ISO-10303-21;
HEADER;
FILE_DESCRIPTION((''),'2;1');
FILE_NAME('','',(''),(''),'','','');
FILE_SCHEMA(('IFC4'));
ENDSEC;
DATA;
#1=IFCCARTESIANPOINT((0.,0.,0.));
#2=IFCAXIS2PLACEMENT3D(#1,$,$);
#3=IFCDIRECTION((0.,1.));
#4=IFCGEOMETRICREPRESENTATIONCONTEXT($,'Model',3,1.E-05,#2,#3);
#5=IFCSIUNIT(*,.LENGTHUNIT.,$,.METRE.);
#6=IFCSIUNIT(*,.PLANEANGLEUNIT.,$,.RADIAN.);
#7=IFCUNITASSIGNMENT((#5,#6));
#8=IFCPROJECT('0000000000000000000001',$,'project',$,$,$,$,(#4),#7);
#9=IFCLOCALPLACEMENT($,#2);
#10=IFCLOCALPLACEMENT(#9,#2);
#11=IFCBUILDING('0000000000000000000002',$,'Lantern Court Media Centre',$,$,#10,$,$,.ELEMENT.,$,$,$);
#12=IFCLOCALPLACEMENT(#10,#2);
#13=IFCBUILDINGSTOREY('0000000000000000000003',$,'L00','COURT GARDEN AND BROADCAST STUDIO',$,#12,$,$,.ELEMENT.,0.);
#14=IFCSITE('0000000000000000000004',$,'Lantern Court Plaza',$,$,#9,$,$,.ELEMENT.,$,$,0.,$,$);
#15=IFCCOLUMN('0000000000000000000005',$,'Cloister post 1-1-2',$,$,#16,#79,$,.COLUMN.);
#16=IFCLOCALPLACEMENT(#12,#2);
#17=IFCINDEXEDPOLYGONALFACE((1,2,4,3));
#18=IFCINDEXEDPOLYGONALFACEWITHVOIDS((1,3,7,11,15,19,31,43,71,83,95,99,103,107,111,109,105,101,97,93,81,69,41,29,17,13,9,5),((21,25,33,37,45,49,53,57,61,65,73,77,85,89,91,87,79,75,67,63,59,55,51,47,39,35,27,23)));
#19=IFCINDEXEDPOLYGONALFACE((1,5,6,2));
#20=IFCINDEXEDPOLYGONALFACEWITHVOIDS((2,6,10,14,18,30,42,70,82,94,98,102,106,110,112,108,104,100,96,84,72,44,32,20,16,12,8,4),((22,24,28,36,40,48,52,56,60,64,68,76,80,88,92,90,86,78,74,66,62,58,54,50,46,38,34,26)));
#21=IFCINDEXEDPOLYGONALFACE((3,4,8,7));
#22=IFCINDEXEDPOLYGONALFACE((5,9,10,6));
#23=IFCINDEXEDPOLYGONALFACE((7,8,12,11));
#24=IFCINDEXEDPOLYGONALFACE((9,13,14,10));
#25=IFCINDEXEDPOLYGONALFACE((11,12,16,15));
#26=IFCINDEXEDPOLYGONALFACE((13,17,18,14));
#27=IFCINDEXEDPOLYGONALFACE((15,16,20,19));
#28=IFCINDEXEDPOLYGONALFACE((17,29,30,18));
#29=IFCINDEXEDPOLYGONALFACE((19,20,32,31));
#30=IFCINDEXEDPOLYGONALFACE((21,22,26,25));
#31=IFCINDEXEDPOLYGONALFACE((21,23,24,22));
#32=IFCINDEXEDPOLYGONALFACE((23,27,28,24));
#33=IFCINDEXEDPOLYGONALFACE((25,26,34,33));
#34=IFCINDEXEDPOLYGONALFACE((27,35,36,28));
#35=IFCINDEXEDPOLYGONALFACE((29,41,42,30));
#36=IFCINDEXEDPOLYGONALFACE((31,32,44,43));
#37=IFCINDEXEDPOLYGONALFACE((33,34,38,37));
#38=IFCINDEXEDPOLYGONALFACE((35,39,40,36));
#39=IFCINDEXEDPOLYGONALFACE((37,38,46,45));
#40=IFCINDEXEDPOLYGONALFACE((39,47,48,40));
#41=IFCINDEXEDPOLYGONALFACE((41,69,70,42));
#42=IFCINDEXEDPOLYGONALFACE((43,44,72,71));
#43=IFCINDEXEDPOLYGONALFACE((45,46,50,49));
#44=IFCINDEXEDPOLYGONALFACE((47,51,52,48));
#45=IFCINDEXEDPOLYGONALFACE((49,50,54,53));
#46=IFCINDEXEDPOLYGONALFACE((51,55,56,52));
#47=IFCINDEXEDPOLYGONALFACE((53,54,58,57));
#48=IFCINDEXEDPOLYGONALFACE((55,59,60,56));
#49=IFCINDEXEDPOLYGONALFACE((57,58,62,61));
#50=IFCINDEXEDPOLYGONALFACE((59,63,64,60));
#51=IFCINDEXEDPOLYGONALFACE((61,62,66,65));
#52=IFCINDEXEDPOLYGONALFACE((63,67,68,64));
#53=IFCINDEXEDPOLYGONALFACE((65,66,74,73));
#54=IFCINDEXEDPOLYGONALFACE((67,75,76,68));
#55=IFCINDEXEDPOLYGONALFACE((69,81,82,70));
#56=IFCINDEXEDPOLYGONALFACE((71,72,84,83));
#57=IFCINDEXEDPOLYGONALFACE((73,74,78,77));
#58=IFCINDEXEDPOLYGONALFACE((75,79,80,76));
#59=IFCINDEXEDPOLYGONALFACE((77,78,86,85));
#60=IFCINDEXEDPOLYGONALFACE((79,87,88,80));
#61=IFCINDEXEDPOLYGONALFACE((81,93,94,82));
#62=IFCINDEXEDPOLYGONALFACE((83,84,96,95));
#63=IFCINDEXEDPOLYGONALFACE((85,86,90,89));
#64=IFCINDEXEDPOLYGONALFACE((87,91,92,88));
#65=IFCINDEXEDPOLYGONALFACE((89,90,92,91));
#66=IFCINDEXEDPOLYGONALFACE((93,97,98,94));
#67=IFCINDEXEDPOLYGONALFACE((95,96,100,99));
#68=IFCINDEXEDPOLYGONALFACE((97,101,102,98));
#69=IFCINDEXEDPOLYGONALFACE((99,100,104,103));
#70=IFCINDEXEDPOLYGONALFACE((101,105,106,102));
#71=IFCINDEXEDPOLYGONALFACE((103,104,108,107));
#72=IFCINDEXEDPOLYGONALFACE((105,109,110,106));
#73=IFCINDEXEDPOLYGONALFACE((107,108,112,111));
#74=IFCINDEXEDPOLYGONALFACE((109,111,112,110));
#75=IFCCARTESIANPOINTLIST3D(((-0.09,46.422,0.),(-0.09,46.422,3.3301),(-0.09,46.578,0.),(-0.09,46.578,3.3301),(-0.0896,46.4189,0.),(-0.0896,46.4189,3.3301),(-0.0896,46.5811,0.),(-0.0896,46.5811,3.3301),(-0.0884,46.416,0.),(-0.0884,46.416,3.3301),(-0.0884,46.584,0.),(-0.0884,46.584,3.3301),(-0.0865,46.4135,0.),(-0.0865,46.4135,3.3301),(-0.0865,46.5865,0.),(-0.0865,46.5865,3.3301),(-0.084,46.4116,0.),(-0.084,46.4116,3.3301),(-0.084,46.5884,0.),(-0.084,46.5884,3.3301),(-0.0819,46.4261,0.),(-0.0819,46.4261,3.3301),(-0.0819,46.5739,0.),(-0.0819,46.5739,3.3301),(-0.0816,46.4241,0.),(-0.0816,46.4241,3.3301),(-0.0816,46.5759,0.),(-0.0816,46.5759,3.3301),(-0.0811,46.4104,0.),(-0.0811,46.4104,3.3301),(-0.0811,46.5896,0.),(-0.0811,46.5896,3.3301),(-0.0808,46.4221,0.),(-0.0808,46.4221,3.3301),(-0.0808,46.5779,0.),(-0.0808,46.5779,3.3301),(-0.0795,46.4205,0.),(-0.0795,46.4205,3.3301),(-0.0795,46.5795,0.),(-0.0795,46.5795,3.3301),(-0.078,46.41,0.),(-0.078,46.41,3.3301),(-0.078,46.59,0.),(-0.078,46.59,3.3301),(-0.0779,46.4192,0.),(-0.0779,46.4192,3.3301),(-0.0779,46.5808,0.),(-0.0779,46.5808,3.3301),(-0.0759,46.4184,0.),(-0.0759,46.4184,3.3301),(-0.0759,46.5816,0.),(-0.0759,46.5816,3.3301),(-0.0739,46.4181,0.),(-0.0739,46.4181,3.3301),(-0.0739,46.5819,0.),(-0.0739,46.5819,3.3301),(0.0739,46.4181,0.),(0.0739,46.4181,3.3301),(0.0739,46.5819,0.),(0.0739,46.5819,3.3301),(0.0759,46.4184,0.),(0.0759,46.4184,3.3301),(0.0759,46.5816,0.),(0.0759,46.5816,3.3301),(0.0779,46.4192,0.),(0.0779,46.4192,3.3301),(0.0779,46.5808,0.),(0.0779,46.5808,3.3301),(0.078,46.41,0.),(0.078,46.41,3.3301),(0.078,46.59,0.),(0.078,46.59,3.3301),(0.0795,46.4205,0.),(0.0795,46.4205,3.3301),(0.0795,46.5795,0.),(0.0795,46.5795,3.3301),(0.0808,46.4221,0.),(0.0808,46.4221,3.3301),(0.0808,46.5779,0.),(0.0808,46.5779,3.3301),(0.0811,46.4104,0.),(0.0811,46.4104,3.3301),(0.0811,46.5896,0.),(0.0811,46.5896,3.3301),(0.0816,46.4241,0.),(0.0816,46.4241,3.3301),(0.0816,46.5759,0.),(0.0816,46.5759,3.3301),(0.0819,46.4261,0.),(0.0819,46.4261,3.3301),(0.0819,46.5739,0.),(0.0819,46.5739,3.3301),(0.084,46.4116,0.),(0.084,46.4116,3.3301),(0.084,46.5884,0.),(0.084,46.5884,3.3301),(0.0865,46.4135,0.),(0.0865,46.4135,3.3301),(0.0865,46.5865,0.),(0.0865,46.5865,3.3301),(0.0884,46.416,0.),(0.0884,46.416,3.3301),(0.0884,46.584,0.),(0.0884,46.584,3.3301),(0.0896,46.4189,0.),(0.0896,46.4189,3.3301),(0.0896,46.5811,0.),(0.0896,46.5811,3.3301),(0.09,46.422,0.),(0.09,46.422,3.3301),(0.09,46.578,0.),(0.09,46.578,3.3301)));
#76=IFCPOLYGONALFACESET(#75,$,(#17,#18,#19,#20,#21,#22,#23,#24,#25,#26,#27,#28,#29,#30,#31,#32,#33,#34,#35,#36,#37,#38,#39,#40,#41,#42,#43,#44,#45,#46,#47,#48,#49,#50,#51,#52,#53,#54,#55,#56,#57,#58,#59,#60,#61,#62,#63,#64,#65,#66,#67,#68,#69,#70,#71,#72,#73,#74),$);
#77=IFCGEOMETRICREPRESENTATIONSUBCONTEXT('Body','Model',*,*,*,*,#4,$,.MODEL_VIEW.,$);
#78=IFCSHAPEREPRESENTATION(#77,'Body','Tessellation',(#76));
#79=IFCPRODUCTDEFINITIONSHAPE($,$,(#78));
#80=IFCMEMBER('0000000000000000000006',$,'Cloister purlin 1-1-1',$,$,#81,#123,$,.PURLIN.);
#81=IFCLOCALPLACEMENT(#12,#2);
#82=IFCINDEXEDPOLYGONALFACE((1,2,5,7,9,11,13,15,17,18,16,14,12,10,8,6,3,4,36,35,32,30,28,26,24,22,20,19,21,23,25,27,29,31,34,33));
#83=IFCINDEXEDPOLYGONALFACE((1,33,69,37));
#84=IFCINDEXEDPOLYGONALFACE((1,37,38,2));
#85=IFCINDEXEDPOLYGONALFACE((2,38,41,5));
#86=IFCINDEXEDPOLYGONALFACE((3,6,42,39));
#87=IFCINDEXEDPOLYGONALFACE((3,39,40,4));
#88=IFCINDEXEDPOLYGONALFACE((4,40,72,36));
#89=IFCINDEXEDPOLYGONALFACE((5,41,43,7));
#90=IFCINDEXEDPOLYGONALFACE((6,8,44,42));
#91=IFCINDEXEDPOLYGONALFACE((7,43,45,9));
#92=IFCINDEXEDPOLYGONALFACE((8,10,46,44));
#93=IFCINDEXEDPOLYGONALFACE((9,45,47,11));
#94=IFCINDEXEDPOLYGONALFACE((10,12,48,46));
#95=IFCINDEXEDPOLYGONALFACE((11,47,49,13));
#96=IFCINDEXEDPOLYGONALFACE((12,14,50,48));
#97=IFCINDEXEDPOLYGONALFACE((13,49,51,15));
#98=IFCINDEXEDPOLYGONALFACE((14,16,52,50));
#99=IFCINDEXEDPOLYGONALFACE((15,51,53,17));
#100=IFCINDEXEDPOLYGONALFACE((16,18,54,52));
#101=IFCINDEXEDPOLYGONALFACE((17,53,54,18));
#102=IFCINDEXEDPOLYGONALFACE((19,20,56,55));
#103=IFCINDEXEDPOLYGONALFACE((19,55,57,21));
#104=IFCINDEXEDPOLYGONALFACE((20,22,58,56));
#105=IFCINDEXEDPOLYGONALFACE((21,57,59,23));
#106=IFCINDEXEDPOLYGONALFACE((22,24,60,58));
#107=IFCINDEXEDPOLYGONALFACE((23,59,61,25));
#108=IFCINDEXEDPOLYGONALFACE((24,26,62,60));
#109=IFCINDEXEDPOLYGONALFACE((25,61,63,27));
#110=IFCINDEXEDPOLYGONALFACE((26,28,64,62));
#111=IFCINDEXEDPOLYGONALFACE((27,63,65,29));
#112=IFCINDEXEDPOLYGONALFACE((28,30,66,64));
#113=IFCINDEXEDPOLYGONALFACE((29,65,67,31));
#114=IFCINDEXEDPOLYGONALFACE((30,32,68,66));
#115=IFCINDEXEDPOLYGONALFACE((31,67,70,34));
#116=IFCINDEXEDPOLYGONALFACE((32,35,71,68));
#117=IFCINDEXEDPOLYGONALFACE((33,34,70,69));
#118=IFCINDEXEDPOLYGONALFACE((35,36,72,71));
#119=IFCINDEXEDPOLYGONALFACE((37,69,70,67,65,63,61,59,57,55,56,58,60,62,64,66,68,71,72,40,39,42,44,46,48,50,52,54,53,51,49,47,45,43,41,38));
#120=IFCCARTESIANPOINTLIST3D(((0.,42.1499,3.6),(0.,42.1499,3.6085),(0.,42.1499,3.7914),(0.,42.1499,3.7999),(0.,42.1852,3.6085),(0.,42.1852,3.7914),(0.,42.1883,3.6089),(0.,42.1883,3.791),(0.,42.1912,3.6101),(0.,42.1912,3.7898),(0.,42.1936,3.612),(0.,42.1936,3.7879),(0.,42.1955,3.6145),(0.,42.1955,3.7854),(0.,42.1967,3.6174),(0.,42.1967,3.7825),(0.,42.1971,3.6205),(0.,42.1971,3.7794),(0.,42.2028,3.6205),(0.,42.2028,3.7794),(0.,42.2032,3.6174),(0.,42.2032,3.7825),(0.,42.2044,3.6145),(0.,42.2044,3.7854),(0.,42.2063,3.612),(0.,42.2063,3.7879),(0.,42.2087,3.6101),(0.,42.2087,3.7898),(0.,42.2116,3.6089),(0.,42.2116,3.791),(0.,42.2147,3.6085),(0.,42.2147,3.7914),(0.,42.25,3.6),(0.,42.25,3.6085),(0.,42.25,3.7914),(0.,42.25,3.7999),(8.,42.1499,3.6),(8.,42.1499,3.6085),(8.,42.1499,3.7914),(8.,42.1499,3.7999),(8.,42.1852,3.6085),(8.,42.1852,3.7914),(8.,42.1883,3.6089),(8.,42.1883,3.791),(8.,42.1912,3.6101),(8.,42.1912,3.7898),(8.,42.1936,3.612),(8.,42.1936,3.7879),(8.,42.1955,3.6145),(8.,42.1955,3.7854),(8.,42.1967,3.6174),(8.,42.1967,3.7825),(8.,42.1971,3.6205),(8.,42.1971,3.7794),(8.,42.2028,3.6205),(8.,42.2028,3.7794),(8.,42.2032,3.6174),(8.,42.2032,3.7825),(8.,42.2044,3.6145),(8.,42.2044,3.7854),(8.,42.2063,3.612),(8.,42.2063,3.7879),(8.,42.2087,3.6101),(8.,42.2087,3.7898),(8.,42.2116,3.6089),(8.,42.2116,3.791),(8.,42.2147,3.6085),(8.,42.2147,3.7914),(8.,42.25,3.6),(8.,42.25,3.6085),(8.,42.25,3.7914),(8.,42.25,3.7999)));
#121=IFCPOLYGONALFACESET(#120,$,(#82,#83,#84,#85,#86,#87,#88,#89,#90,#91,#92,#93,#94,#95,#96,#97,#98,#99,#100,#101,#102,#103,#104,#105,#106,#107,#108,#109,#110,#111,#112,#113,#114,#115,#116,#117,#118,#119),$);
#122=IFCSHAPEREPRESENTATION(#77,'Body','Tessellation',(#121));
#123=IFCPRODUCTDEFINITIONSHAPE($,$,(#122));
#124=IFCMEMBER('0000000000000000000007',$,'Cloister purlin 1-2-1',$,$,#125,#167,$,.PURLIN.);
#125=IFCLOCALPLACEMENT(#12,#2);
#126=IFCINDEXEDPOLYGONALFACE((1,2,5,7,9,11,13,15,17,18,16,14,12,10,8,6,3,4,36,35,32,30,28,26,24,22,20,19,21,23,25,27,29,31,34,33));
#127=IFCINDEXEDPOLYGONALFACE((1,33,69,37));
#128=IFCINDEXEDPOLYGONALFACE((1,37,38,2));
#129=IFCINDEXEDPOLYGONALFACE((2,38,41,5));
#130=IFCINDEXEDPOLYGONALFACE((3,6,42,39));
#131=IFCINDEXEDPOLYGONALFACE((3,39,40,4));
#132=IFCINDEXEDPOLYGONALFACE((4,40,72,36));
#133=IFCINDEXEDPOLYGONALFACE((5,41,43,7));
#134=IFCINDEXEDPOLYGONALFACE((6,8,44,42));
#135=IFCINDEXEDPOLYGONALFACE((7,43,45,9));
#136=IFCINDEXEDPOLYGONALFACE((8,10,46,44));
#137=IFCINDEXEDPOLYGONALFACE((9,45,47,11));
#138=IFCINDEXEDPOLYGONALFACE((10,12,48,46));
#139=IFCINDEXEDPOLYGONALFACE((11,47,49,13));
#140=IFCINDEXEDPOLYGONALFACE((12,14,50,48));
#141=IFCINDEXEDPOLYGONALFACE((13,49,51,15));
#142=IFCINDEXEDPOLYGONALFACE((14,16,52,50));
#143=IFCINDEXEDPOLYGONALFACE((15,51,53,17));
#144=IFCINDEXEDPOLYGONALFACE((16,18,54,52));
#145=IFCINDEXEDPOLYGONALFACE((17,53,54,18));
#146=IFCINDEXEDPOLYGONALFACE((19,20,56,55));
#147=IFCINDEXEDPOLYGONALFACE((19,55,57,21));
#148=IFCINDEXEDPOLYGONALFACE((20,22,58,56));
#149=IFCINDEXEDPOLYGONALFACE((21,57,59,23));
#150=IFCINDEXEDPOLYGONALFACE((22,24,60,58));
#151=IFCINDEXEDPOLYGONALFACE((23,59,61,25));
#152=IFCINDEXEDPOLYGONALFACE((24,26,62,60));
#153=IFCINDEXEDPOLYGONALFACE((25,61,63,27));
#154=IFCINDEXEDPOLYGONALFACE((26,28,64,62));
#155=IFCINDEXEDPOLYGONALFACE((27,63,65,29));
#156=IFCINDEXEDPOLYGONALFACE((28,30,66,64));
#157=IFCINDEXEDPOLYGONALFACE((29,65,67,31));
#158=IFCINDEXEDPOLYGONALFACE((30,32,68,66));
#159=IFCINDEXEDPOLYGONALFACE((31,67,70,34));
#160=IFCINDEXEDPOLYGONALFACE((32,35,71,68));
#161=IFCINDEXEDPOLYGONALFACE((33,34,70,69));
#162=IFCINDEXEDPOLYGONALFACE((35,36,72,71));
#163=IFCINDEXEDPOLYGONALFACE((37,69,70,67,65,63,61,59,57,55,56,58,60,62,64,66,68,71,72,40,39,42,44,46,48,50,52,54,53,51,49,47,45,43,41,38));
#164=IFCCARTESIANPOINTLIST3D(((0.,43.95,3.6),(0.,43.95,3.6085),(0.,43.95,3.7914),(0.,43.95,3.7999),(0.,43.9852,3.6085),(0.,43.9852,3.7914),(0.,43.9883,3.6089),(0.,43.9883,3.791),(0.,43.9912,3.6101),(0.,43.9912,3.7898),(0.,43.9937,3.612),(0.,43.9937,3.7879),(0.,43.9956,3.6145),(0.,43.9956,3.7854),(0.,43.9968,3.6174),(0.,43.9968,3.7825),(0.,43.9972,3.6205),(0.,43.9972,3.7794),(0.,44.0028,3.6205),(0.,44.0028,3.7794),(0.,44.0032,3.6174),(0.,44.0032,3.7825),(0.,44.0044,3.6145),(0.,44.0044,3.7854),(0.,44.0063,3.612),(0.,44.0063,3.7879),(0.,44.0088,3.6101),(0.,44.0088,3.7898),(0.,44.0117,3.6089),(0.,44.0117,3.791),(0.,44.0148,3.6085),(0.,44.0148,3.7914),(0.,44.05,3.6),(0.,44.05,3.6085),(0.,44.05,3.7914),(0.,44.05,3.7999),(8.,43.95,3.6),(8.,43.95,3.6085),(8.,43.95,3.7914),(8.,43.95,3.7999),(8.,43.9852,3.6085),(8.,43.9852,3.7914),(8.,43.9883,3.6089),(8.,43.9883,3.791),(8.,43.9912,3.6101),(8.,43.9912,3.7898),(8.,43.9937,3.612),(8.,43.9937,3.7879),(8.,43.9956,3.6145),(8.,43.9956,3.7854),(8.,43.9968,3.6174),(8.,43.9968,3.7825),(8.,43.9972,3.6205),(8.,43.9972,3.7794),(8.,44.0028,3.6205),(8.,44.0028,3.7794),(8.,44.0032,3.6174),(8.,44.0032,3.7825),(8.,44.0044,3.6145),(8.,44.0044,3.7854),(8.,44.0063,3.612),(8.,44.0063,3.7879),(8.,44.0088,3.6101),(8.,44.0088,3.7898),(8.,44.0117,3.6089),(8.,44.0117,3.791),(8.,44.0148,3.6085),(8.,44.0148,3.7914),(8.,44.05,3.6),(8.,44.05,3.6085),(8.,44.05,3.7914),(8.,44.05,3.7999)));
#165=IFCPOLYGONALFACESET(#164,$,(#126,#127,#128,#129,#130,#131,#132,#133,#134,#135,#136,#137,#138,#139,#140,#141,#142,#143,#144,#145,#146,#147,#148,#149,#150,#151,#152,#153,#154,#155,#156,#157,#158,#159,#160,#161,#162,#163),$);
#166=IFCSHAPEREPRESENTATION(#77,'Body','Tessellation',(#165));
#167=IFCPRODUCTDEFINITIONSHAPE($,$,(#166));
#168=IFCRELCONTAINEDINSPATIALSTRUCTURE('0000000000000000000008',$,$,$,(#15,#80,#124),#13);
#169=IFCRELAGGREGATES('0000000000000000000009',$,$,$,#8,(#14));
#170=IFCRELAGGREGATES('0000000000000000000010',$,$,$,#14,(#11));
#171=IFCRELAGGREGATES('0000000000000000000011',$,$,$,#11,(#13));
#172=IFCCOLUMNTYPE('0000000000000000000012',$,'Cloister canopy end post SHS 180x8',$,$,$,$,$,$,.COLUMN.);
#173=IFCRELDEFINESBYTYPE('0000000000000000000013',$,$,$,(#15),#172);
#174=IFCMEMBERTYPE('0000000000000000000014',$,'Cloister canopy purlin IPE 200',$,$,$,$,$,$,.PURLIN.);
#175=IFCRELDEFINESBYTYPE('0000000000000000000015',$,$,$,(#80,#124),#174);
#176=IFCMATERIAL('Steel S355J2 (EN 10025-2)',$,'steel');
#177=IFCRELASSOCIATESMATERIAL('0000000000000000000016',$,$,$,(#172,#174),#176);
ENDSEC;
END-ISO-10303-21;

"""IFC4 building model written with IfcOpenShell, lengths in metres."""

from ifc_helpers import new_model, si_unit, direction, frame, origin, origin_2d, place, context, subcontext, project, spatial, hollow_rectangle, i_section, extrude, material, material_profile, profile_set, type_object, element, save


model = new_model("IFC4")

# Units and contexts
model_context = context("Model", 3, precision=1e-05, world=origin(), true_north=direction((0.0, 1.0)))
body_context = subcontext(model_context, "Body", "Model", "MODEL_VIEW")
ifc_project = project(units=[si_unit("LENGTHUNIT", "METRE"), si_unit("PLANEANGLEUNIT", "RADIAN")], contexts=[model_context])

# Site, building, storey
site_placement = place(None, origin())
site = spatial("IfcSite", under=ifc_project, at=site_placement, Name="Lantern Court Plaza", CompositionType="ELEMENT", RefElevation=0.0)
building_placement = place(site_placement, origin())
building = spatial("IfcBuilding", under=site, at=building_placement, Name="Lantern Court Media Centre", CompositionType="ELEMENT")
storey_placement = place(building_placement, origin())
storey = spatial("IfcBuildingStorey", under=building, at=storey_placement, Name="L00", Description="COURT GARDEN AND BROADCAST STUDIO", CompositionType="ELEMENT", Elevation=0.0)

# Column
ifc_material_1 = material(Name="Steel S355J2 (EN 10025-2)", Category="steel")
ifc_material_profile_1 = material_profile(ifc_material_1, hollow_rectangle(XDim=0.1799, YDim=0.1799, WallThickness=0.0081, InnerFilletRadius=0.0081, OuterFilletRadius=0.012, at=origin_2d()), Name="Cloister canopy end post SHS 180x8")
ifc_profile_set_1 = profile_set([ifc_material_profile_1], Name="Steel S355J2 (EN 10025-2)")
column_type = type_object("IfcColumnType", Name="Cloister canopy end post SHS 180x8", PredefinedType="COLUMN", material=ifc_profile_set_1)
column_placement = place(storey_placement, frame((0.0, 46.5, 0.0), z_axis=(0.0, 0.0, 1.0), x_axis=(1.0, 0.0, 0.0)))
element("IfcColumn", 1, at=column_placement, inside=storey, type_object=column_type, Name="Cloister post 1-1-2", PredefinedType="COLUMN", context=body_context, shape_type="SweptSolid", body=[
    extrude(hollow_rectangle(XDim=0.1799, YDim=0.1799, WallThickness=0.0081, InnerFilletRadius=0.0081, OuterFilletRadius=0.012, at=origin_2d()), origin(), (0.0, 0.0, 1.0), 3.3301),
])

# Members
ifc_material_profile_2 = material_profile(ifc_material_1, i_section(OverallWidth=0.1001, OverallDepth=0.2, WebThickness=0.0056, FlangeThickness=0.0085, FilletRadius=0.012, at=origin_2d()), Name="IPE 200")
ifc_profile_set_2 = profile_set([ifc_material_profile_2], Name="Steel S355J2 (EN 10025-2)")
member_type_1 = type_object("IfcMemberType", Name="Cloister canopy purlin IPE 200", PredefinedType="PURLIN", material=ifc_profile_set_2)
for number, where, z_axis, x_axis, name in (
    (2, (0.0, 42.2, 3.7), (1.0, 0.0, 0.0), (0.0, 1.0, 0.0), "Cloister purlin 1-1-1"),
    (3, (0.0, 44.0, 3.7), (1.0, 0.0, 0.0), (0.0, 1.0, 0.0), "Cloister purlin 1-2-1"),
):
    element("IfcMember", number, at=place(storey_placement, frame(where, z_axis=z_axis, x_axis=x_axis)), inside=storey, type_object=member_type_1, Name=name, PredefinedType="PURLIN", context=body_context, shape_type="SweptSolid", body=[
        extrude(i_section(OverallWidth=0.1001, OverallDepth=0.2, WebThickness=0.0056, FlangeThickness=0.0085, FilletRadius=0.012, at=origin_2d()), origin(), (0.0, 0.0, 1.0), 8.0),
    ])

save(model, "model.ifc")
